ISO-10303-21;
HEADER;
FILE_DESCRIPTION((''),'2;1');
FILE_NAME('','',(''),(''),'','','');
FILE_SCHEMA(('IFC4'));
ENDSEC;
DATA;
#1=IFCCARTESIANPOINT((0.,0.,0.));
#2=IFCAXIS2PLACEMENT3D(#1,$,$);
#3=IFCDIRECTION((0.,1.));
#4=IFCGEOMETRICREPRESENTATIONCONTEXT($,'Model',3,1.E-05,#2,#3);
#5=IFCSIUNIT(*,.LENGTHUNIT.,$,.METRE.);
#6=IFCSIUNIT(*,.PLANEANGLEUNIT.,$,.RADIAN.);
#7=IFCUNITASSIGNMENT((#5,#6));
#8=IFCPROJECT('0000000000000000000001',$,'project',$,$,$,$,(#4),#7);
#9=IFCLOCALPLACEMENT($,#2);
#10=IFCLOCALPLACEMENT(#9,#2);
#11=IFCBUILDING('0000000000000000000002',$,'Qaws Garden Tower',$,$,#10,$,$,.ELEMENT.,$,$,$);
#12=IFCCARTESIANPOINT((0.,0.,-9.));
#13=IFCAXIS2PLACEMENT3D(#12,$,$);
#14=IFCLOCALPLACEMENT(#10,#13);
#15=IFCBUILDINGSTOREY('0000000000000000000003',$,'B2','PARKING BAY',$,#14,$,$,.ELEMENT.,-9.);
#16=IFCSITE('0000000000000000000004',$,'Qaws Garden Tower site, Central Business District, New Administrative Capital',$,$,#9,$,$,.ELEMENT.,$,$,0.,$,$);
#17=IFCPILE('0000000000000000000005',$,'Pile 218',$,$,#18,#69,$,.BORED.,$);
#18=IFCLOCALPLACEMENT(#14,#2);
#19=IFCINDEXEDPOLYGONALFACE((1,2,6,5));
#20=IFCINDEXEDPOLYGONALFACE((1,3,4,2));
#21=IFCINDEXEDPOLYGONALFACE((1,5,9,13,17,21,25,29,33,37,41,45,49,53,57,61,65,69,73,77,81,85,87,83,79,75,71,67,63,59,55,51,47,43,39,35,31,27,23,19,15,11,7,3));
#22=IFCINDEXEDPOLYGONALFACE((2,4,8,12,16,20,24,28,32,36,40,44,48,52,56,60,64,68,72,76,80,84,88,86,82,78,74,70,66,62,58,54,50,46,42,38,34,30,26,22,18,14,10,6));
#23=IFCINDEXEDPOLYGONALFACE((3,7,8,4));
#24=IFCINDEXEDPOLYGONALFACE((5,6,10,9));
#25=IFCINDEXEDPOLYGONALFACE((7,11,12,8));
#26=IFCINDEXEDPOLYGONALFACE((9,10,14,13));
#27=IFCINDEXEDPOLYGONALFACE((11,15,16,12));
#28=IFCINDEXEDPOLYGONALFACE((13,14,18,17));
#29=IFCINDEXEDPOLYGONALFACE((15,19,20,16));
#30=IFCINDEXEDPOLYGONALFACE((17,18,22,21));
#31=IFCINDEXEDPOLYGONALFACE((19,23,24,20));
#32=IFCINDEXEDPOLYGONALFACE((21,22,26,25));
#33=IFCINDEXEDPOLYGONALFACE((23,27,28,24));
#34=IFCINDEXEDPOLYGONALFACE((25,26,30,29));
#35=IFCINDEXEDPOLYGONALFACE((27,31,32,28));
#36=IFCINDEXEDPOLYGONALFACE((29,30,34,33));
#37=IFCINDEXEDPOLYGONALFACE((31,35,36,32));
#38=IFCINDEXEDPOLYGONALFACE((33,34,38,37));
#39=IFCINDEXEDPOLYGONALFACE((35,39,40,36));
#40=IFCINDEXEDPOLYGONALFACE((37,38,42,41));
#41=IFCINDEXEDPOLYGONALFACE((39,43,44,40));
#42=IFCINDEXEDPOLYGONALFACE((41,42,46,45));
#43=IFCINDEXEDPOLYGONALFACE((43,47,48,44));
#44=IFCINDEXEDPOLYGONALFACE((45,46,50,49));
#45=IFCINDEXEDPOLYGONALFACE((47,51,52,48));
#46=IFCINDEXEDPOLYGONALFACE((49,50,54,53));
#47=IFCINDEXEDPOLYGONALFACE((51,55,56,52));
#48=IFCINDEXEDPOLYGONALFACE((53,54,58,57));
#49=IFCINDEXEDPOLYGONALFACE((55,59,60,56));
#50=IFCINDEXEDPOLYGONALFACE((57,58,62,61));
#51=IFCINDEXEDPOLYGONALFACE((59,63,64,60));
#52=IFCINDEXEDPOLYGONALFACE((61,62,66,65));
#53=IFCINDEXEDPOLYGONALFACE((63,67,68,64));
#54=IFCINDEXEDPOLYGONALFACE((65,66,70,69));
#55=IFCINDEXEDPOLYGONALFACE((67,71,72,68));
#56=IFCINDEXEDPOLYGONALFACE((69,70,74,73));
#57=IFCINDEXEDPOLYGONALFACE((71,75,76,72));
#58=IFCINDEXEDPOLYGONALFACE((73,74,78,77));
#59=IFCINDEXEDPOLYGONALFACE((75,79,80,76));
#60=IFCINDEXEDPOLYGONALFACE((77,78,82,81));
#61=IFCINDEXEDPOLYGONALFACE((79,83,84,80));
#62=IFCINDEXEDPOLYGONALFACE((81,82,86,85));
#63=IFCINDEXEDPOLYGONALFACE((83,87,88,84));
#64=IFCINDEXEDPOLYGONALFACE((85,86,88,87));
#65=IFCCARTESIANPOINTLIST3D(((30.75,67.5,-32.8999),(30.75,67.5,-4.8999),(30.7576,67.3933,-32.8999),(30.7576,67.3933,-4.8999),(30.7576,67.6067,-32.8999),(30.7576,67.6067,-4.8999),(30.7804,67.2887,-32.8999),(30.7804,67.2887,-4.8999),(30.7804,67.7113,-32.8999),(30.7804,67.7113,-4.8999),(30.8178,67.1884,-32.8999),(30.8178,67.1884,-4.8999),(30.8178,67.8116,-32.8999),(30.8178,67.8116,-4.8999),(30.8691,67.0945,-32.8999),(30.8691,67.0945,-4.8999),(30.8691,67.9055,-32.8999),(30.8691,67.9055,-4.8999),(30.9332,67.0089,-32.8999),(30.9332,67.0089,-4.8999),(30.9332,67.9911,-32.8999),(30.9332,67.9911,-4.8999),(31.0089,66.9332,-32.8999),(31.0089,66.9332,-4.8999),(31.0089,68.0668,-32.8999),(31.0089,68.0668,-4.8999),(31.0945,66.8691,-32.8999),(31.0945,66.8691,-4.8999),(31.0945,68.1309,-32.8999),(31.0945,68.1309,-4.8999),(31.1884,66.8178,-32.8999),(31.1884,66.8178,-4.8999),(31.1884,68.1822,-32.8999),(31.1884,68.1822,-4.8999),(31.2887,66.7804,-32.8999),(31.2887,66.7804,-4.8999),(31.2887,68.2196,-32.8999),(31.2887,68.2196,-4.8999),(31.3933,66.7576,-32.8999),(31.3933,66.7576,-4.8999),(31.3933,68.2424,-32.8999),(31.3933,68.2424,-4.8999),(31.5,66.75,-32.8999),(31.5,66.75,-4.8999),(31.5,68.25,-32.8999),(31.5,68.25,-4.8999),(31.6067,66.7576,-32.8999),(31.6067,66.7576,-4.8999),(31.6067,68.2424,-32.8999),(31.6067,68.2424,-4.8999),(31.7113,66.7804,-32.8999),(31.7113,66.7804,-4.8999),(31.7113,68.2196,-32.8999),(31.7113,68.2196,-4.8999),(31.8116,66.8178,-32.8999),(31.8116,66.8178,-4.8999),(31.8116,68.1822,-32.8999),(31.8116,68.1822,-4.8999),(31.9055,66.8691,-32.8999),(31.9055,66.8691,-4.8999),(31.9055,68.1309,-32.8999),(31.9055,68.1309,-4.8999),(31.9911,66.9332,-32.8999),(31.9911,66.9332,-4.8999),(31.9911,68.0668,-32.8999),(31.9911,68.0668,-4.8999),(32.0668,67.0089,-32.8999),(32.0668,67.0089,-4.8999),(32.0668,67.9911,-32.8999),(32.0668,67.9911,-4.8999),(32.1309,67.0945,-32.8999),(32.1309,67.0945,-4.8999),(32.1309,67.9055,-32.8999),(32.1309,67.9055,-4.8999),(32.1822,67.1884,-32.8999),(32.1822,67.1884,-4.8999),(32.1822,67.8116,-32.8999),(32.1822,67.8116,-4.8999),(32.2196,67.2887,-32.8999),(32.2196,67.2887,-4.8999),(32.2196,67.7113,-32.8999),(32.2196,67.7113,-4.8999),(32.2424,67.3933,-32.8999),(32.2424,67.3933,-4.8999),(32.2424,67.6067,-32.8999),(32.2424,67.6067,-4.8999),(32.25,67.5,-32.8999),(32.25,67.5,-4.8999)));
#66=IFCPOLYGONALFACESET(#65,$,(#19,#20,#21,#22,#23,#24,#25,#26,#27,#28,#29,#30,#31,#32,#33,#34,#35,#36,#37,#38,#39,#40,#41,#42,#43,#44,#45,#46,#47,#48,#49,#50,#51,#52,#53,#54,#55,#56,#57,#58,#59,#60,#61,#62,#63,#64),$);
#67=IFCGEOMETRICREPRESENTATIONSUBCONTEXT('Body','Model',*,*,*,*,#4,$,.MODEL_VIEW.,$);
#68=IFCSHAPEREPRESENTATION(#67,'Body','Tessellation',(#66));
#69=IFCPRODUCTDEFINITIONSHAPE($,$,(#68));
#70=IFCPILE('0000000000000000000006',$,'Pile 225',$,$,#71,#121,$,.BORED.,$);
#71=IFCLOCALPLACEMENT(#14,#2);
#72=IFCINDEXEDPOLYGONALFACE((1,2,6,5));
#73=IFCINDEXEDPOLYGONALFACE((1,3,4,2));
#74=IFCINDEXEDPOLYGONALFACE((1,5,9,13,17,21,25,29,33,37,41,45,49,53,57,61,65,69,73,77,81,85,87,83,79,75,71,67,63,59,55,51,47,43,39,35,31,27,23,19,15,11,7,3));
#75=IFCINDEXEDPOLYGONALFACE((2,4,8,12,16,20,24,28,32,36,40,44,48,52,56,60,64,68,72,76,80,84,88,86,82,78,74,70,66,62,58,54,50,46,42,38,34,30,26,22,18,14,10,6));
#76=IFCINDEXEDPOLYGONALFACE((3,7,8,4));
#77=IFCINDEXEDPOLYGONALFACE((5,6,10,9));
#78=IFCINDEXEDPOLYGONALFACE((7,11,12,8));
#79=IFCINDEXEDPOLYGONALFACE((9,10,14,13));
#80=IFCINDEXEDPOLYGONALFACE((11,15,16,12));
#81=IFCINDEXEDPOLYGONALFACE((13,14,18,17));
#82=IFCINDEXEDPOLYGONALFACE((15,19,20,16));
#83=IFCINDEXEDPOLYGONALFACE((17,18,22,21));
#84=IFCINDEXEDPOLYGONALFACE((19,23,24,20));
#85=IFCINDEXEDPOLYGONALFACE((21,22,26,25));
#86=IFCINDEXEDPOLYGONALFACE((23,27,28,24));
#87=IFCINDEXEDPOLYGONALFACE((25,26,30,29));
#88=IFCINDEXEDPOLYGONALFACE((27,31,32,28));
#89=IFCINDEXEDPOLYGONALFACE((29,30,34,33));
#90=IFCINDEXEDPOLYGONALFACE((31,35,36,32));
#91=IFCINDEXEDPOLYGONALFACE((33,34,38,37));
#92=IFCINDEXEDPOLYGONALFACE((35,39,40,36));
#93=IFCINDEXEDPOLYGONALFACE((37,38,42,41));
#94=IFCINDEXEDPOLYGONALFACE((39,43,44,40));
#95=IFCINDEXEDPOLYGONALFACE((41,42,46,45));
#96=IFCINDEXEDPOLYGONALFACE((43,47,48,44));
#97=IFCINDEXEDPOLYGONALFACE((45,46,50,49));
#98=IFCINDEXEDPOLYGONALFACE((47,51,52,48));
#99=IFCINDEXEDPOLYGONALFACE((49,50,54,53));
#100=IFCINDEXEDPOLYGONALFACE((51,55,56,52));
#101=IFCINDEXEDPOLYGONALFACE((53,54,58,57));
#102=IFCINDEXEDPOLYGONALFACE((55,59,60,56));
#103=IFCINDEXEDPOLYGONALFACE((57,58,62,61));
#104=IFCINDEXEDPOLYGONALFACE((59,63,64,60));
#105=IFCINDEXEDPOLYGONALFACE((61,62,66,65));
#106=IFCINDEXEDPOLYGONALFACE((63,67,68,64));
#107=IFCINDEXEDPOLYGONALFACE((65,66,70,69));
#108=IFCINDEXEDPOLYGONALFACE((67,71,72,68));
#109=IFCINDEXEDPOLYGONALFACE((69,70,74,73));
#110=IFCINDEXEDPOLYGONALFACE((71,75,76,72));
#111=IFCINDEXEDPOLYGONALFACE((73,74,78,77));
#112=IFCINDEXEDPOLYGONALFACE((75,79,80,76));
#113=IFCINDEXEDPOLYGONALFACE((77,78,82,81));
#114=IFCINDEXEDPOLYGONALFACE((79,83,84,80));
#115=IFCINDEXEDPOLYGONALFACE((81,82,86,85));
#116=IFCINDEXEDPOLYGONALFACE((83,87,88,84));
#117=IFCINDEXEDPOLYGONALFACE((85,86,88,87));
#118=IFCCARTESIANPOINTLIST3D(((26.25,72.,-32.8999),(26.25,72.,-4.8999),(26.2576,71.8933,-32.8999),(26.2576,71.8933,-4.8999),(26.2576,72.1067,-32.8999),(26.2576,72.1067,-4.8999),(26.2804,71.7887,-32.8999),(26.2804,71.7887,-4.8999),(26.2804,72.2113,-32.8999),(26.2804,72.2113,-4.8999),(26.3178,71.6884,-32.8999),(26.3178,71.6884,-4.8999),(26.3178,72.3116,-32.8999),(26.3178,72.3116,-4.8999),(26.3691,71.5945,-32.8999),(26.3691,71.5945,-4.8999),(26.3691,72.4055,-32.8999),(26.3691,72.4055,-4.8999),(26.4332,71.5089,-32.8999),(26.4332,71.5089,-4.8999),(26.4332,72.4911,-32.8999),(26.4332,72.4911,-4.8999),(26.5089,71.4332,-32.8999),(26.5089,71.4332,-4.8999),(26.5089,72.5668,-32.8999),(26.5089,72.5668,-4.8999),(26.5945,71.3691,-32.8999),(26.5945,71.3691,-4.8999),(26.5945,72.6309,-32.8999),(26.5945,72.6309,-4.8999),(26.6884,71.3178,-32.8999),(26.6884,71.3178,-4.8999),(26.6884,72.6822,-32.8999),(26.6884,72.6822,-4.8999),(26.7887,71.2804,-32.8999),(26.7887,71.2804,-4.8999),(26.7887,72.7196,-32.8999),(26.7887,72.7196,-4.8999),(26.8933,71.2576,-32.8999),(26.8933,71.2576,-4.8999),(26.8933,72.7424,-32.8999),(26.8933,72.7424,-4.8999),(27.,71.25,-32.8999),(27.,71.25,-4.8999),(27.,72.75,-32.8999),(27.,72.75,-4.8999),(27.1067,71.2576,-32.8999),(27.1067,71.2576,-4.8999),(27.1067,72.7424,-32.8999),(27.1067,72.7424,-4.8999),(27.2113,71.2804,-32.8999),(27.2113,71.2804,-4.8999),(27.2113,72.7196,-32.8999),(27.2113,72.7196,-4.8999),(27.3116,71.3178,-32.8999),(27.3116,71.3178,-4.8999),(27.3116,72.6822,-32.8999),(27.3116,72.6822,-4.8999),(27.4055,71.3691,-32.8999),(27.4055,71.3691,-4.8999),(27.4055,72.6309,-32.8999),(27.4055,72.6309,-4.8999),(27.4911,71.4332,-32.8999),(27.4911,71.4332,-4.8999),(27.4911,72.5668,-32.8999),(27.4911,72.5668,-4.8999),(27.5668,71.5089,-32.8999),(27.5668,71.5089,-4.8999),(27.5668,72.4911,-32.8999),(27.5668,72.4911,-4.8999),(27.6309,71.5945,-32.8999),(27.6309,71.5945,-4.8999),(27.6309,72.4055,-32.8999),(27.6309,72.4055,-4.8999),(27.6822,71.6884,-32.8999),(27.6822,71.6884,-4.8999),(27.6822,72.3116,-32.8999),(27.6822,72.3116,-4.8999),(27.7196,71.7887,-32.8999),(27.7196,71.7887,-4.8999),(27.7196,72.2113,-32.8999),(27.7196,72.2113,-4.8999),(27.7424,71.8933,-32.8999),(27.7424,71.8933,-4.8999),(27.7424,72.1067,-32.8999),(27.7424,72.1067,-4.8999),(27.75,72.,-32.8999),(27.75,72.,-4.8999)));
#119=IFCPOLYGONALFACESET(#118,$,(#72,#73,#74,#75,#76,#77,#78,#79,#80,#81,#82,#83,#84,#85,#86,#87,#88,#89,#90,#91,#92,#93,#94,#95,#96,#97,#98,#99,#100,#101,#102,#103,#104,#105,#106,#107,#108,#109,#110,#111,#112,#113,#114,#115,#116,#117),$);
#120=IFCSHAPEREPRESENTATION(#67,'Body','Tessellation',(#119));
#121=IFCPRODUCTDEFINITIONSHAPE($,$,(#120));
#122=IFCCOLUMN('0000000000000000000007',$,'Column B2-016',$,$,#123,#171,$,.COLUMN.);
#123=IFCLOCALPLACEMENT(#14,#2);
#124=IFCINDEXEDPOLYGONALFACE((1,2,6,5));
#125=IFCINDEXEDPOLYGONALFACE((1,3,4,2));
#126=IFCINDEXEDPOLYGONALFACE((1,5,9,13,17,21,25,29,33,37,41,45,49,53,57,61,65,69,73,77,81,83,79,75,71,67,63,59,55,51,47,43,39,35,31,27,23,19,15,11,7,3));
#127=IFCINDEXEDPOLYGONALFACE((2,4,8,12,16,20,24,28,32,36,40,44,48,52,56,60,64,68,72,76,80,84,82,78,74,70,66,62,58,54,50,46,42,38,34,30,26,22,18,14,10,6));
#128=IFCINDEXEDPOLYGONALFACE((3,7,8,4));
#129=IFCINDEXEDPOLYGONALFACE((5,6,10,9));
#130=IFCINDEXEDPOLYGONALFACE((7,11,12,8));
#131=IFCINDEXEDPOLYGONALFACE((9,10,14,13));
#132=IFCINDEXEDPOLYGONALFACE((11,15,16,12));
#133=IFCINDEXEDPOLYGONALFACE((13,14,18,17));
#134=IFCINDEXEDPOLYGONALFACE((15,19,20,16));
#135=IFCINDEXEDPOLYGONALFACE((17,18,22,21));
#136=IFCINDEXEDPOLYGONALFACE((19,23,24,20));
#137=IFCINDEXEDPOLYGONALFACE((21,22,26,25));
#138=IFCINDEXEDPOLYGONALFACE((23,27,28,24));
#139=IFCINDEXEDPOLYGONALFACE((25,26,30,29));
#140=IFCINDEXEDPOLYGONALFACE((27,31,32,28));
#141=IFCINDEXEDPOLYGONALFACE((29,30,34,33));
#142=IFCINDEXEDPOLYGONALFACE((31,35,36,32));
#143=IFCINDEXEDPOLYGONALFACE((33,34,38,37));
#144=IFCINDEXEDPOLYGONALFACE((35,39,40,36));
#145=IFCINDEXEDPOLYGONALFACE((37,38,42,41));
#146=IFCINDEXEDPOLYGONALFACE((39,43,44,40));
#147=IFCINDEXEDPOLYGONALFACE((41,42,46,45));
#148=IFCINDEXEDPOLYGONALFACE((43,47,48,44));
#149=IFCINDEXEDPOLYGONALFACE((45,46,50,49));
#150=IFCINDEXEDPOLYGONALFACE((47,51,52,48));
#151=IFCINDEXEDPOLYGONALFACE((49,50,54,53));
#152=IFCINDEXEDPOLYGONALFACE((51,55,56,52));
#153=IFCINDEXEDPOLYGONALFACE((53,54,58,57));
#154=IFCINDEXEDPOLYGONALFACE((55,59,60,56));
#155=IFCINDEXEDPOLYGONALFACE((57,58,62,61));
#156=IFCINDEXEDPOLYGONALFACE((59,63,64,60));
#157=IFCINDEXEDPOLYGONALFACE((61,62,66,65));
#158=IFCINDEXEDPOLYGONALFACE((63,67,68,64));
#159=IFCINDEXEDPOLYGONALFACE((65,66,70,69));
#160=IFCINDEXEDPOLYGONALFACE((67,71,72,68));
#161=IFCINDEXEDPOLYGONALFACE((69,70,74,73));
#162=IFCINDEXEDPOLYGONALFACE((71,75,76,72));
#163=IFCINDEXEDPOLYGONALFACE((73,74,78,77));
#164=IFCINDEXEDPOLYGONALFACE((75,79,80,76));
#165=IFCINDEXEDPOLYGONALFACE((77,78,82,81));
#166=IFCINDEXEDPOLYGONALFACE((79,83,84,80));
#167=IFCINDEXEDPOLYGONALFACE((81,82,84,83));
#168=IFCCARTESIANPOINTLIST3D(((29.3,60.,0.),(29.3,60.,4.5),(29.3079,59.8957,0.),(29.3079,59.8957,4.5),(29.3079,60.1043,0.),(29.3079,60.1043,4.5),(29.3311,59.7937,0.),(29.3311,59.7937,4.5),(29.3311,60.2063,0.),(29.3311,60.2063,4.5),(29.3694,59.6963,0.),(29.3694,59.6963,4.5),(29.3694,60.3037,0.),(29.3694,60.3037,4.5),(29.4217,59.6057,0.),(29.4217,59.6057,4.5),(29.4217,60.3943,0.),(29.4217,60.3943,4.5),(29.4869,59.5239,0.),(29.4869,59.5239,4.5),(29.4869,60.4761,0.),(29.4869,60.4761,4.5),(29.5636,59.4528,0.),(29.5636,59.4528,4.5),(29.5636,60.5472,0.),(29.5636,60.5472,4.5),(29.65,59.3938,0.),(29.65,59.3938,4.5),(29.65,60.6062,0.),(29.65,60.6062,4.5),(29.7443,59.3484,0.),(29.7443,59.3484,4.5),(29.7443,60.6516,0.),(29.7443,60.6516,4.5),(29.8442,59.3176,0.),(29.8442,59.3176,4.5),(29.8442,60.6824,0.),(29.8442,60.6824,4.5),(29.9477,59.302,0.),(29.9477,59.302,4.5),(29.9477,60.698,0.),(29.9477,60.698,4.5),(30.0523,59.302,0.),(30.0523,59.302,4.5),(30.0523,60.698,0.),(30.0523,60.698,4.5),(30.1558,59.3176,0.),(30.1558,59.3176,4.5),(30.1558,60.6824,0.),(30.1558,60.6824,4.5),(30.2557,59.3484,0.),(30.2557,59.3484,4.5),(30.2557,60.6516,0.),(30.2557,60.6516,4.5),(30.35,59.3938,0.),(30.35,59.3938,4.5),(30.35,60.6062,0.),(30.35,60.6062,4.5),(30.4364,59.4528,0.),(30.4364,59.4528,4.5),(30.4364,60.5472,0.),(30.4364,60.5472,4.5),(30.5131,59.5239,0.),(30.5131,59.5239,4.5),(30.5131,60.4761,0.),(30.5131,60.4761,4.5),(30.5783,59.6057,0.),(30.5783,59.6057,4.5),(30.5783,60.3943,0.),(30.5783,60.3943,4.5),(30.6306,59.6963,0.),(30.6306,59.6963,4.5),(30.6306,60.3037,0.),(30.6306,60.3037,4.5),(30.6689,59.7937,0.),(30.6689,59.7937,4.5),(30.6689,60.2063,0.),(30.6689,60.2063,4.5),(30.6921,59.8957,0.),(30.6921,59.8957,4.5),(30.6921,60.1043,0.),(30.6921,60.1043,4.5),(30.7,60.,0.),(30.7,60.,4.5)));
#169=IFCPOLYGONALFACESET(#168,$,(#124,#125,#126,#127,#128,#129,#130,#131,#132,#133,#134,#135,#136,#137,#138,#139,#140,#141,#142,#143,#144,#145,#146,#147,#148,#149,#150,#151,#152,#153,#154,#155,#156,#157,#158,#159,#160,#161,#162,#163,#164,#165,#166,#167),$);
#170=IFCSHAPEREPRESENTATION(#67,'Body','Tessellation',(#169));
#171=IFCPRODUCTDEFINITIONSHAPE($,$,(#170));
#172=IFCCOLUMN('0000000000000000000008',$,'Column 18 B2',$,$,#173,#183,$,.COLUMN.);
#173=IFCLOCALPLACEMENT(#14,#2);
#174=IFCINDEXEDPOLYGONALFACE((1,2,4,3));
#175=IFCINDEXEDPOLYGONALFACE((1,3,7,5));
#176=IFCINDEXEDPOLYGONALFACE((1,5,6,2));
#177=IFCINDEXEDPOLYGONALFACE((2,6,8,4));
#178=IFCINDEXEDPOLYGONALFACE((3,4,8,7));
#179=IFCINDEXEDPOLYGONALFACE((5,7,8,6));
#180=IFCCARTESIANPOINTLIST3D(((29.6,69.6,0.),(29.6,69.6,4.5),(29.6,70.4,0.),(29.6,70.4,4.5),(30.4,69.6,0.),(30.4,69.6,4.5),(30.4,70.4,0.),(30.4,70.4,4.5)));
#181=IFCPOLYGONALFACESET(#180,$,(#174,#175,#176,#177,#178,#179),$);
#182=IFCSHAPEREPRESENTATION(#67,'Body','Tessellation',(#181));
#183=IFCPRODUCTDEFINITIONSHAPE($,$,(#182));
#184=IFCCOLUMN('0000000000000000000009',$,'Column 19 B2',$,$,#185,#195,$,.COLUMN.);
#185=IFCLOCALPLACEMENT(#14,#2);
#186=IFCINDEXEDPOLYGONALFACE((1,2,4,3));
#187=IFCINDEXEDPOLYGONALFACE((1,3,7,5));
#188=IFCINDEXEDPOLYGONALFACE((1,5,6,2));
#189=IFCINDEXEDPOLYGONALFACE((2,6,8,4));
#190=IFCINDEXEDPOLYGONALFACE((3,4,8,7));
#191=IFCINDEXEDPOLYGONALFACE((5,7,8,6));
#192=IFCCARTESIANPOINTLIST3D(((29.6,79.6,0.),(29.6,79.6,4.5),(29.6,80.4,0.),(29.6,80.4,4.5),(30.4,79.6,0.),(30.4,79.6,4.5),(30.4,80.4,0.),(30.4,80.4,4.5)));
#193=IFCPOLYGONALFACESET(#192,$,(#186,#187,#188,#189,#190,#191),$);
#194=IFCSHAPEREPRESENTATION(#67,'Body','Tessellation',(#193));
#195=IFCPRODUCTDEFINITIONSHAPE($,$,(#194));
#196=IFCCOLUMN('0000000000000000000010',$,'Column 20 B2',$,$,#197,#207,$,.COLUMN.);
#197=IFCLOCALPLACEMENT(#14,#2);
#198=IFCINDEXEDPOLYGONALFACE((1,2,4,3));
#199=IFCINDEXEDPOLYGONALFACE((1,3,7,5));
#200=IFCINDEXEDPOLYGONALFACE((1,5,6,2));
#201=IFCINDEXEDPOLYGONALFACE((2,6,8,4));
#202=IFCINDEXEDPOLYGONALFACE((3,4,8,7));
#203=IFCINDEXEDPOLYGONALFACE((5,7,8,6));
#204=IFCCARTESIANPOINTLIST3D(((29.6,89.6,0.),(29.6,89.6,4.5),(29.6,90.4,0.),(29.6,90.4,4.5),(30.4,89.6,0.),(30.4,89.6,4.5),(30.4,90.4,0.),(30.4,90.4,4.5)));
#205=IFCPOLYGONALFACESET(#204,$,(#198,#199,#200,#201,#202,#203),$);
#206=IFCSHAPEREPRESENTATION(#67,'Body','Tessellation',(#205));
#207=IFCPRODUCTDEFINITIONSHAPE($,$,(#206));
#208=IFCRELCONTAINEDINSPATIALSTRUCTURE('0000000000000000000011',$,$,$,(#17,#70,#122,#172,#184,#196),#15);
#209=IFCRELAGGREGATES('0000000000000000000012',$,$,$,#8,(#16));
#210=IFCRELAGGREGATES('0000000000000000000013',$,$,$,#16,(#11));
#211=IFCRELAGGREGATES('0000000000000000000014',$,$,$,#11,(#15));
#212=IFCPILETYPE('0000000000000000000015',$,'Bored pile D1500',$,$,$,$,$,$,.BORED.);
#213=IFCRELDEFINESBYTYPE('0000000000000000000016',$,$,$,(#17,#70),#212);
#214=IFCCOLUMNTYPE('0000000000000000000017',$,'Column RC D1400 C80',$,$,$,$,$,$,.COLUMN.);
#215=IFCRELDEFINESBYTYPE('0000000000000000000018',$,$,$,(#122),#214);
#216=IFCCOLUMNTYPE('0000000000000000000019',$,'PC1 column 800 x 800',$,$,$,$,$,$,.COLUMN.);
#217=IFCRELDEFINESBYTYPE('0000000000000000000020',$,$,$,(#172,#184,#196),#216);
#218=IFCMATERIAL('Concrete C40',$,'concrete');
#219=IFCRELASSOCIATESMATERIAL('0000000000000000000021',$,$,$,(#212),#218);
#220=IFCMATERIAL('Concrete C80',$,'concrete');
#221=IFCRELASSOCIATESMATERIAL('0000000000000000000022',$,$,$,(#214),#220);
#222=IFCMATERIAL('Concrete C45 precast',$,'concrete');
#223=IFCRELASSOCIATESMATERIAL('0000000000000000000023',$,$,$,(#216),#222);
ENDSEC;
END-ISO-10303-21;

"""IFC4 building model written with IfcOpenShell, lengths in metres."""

from ifc_helpers import new_model, si_unit, direction, frame, origin, origin_2d, place, context, subcontext, project, spatial, rectangle, circle, extrude, material, material_profile, profile_set, type_object, element, save


model = new_model("IFC4")

# Units and contexts
model_context = context("Model", 3, precision=1e-05, world=origin(), true_north=direction((0.0, 1.0)))
body_context = subcontext(model_context, "Body", "Model", "MODEL_VIEW")
ifc_project = project(units=[si_unit("LENGTHUNIT", "METRE"), si_unit("PLANEANGLEUNIT", "RADIAN")], contexts=[model_context])

# Site, building, storey
site_placement = place(None, origin())
site = spatial("IfcSite", under=ifc_project, at=site_placement, Name="Qaws Garden Tower site, Central Business District, New Administrative Capital", CompositionType="ELEMENT", RefElevation=0.0)
building_placement = place(site_placement, origin())
building = spatial("IfcBuilding", under=site, at=building_placement, Name="Qaws Garden Tower", CompositionType="ELEMENT")
storey_placement = place(building_placement, frame((0.0, 0.0, -9.0)))
storey = spatial("IfcBuildingStorey", under=building, at=storey_placement, Name="B2", Description="PARKING BAY", CompositionType="ELEMENT", Elevation=-9.0)

# Piles
ifc_material_1 = material(Name="Concrete C40", Category="concrete")
ifc_material_profile_1 = material_profile(ifc_material_1, circle(Radius=0.75, at=origin_2d()), Name="Bored pile D1500")
ifc_profile_set_1 = profile_set([ifc_material_profile_1], Name="Concrete C40")
pile_type = type_object("IfcPileType", Name="Bored pile D1500", PredefinedType="BORED", material=ifc_profile_set_1)
for number, where, z_axis, x_axis, name in (
    (1, (31.5, 67.5, -4.8999), (0.0, 0.0, -1.0), (1.0, 0.0, 0.0), "Pile 218"),
    (2, (27.0, 72.0, -4.8999), (0.0, 0.0, -1.0), (1.0, 0.0, 0.0), "Pile 225"),
):
    element("IfcPile", number, at=place(storey_placement, frame(where, z_axis=z_axis, x_axis=x_axis)), inside=storey, type_object=pile_type, Name=name, PredefinedType="BORED", context=body_context, shape_type="SweptSolid", body=[
        extrude(circle(Radius=0.75, at=origin_2d()), origin(), (0.0, 0.0, 1.0), 28.0),
    ])

# Columns
ifc_material_2 = material(Name="Concrete C80", Category="concrete")
ifc_material_profile_2 = material_profile(ifc_material_2, circle(Radius=0.7, at=origin_2d()), Name="RC D1400")
ifc_profile_set_2 = profile_set([ifc_material_profile_2], Name="Concrete C80")
column_type_1 = type_object("IfcColumnType", Name="Column RC D1400 C80", PredefinedType="COLUMN", material=ifc_profile_set_2)
column_placement = place(storey_placement, frame((30.0, 60.0, 0.0), z_axis=(0.0, 0.0, 1.0), x_axis=(1.0, 0.0, 0.0)))
element("IfcColumn", 3, at=column_placement, inside=storey, type_object=column_type_1, Name="Column B2-016", PredefinedType="COLUMN", context=body_context, shape_type="SweptSolid", body=[
    extrude(circle(Radius=0.7, at=origin_2d()), origin(), (0.0, 0.0, 1.0), 4.5),
])
ifc_material_3 = material(Name="Concrete C45 precast", Category="concrete")
ifc_material_profile_3 = material_profile(ifc_material_3, rectangle(XDim=0.8, YDim=0.8, at=origin_2d()), Name="PC1 column 800 x 800")
ifc_profile_set_3 = profile_set([ifc_material_profile_3], Name="Concrete C45 precast")
column_type_2 = type_object("IfcColumnType", Name="PC1 column 800 x 800", PredefinedType="COLUMN", material=ifc_profile_set_3)
for number, where, z_axis, x_axis, name in (
    (4, (30.0, 70.0, 0.0), (0.0, 0.0, 1.0), (1.0, 0.0, 0.0), "Column 18 B2"),
    (5, (30.0, 80.0, 0.0), (0.0, 0.0, 1.0), (1.0, 0.0, 0.0), "Column 19 B2"),
    (6, (30.0, 90.0, 0.0), (0.0, 0.0, 1.0), (1.0, 0.0, 0.0), "Column 20 B2"),
):
    element("IfcColumn", number, at=place(storey_placement, frame(where, z_axis=z_axis, x_axis=x_axis)), inside=storey, type_object=column_type_2, Name=name, PredefinedType="COLUMN", context=body_context, shape_type="SweptSolid", body=[
        extrude(rectangle(XDim=0.8, YDim=0.8, at=origin_2d()), origin(), (0.0, 0.0, 1.0), 4.5),
    ])

save(model, "model.ifc")
